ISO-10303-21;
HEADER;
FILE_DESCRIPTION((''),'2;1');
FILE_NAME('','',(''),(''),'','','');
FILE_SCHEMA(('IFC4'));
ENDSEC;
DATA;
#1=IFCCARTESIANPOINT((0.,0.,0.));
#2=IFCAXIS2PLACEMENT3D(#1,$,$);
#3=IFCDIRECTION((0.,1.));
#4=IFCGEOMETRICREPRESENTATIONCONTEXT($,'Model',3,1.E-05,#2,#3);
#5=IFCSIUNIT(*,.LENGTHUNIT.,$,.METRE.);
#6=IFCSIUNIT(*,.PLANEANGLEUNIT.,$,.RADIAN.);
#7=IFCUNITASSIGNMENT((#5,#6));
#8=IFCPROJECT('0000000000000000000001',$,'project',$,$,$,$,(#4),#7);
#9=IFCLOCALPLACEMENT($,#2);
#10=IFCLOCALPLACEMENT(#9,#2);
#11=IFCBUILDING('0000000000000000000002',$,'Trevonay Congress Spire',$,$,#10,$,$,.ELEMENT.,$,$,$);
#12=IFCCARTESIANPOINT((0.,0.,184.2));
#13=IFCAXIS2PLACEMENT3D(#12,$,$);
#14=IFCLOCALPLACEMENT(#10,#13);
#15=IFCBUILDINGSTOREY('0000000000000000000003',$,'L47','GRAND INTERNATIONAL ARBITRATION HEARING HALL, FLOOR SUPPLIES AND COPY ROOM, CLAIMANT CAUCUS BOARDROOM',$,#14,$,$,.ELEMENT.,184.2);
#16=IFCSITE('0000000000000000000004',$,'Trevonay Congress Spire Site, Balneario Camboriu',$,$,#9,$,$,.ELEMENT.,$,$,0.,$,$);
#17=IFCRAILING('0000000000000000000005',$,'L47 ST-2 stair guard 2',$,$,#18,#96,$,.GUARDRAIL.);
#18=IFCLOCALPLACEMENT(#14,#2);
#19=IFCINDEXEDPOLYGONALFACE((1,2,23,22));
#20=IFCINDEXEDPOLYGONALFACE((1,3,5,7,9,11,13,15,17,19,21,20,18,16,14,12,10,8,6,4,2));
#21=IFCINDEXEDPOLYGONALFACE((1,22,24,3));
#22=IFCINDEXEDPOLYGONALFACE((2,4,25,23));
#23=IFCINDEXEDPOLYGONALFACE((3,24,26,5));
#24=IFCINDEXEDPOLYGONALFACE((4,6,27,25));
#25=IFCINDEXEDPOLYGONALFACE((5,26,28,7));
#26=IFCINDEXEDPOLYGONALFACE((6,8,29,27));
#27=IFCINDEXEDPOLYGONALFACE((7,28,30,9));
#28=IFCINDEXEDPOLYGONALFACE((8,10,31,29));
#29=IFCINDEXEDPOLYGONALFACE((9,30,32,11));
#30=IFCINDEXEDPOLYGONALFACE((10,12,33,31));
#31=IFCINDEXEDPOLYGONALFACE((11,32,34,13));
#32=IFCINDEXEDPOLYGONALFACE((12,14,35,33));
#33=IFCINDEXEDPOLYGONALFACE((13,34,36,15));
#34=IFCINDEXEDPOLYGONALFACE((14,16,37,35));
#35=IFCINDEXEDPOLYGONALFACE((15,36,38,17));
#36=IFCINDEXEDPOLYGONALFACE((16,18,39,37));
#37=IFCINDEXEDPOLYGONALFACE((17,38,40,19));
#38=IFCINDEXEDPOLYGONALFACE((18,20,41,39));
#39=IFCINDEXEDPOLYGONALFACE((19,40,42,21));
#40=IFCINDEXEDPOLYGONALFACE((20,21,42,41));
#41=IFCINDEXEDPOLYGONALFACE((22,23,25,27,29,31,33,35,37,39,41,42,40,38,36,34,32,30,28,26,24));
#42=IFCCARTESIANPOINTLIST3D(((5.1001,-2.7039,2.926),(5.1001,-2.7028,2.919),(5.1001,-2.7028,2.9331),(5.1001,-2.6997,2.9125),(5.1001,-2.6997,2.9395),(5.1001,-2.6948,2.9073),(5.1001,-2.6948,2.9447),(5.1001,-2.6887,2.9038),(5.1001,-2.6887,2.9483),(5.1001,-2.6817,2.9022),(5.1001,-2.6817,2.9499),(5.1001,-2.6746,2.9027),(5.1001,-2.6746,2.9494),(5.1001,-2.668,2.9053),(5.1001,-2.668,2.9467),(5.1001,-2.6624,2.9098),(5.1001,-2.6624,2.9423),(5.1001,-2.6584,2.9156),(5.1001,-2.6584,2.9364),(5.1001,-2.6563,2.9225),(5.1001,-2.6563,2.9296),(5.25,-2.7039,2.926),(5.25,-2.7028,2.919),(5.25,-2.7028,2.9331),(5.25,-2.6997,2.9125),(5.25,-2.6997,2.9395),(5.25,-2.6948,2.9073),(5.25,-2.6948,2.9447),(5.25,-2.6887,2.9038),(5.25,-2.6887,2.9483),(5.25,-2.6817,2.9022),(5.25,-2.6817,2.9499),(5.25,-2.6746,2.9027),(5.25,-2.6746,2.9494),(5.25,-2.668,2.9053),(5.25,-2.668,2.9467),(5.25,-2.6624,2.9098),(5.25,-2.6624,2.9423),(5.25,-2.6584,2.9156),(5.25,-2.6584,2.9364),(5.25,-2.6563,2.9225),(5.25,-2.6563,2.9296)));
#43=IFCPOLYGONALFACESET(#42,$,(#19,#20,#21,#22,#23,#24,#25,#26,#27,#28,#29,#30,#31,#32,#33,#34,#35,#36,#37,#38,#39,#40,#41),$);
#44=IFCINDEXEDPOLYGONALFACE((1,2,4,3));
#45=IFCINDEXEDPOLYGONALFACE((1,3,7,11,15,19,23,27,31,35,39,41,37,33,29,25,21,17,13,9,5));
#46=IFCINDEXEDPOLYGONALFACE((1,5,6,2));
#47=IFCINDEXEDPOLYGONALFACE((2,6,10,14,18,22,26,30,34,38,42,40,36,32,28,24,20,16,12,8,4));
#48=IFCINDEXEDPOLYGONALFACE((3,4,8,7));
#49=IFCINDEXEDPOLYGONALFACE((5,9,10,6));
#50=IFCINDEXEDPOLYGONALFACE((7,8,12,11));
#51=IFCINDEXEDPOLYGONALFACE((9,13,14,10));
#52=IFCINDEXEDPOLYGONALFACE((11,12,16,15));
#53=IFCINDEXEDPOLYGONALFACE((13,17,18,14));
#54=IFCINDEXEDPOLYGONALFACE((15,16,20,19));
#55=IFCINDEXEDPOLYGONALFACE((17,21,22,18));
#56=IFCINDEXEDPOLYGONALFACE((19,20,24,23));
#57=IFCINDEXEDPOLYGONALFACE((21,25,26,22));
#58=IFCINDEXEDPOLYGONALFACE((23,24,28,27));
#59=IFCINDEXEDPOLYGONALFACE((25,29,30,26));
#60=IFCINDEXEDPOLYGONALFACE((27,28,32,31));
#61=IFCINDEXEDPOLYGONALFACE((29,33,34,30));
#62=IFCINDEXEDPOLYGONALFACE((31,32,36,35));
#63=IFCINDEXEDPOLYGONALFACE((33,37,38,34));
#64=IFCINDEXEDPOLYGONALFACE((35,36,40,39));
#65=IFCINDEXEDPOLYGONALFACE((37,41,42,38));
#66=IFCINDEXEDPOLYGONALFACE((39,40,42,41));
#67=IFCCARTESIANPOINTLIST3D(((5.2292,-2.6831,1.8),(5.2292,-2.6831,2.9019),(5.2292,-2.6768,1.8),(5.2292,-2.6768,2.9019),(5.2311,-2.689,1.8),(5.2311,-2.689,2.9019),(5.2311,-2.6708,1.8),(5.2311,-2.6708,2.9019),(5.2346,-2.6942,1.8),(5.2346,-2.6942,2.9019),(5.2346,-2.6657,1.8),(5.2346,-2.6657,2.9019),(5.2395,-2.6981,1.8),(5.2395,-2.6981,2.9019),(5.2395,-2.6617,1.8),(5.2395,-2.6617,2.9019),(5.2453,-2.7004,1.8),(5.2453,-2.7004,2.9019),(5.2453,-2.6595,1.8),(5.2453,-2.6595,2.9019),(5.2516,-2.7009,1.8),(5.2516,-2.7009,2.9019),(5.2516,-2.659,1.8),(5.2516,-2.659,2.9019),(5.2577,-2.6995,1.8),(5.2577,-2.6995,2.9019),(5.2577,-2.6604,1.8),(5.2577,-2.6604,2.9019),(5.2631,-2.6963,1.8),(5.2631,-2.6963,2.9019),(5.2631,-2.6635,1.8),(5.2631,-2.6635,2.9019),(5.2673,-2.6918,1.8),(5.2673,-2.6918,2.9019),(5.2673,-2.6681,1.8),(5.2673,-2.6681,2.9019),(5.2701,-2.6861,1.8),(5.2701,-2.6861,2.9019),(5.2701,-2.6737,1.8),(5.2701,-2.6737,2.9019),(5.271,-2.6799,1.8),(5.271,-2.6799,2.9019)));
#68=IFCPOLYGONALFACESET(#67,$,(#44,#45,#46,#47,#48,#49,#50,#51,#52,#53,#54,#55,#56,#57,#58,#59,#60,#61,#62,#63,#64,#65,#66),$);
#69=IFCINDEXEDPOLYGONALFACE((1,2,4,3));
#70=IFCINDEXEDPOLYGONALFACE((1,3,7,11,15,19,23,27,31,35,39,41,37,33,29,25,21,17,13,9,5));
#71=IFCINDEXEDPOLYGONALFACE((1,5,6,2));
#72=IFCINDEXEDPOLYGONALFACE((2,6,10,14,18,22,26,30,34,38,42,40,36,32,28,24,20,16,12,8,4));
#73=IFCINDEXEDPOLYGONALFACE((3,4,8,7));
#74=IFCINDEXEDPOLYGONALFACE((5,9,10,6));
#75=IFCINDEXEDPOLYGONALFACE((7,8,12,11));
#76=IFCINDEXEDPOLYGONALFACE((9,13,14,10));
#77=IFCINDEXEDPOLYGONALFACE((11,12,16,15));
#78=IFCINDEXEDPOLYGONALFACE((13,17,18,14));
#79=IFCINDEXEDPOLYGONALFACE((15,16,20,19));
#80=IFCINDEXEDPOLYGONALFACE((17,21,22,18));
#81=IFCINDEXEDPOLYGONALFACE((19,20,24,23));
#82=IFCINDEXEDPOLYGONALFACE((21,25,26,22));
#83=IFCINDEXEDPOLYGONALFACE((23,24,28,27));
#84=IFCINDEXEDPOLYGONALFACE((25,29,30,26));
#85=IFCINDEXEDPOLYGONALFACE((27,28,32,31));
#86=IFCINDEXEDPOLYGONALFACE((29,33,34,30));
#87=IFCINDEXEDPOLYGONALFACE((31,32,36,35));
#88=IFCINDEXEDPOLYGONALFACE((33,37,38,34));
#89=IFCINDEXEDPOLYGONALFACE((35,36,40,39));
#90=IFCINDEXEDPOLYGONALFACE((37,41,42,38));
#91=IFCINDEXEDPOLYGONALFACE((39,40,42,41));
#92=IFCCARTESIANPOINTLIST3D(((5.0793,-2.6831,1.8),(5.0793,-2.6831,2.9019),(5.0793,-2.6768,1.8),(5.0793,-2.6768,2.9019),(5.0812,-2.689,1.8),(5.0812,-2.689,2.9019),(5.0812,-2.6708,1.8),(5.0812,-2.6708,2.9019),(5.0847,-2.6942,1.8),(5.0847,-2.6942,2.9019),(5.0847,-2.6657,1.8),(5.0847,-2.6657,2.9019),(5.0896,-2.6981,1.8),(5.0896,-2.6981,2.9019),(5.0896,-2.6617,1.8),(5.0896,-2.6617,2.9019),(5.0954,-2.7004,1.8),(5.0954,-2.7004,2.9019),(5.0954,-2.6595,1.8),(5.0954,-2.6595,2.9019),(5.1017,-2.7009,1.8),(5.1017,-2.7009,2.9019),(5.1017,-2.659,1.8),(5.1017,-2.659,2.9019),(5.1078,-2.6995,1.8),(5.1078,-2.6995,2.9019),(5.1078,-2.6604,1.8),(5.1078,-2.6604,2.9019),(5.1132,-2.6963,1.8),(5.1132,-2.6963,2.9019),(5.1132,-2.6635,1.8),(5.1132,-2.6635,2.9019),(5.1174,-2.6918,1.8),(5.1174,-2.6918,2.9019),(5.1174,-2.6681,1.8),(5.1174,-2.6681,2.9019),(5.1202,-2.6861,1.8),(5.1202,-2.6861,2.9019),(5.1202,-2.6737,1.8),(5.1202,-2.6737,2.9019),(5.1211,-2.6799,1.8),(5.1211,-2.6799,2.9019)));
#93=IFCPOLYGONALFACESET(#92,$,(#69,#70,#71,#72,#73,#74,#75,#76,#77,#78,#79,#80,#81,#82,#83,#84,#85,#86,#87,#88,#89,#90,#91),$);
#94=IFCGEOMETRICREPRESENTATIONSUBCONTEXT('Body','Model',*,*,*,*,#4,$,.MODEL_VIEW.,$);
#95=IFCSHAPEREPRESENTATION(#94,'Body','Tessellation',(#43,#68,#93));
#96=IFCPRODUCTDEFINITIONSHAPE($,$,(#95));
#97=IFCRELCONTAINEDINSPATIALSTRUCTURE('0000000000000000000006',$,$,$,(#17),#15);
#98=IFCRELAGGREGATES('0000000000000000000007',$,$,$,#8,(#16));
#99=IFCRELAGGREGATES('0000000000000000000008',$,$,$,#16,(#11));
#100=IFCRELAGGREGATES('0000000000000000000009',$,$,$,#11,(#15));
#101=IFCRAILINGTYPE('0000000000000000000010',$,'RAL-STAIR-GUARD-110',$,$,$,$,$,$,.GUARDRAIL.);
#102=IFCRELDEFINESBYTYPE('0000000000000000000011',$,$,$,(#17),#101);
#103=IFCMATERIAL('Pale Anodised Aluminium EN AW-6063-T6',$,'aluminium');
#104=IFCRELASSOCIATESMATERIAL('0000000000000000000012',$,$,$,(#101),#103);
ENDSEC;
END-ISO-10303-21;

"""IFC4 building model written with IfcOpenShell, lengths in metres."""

from ifc_helpers import new_model, si_unit, direction, frame, origin, origin_2d, place, context, subcontext, project, spatial, circle, extrude, material, type_object, element, save


model = new_model("IFC4")

# Units and contexts
model_context = context("Model", 3, precision=1e-05, world=origin(), true_north=direction((0.0, 1.0)))
body_context = subcontext(model_context, "Body", "Model", "MODEL_VIEW")
ifc_project = project(units=[si_unit("LENGTHUNIT", "METRE"), si_unit("PLANEANGLEUNIT", "RADIAN")], contexts=[model_context])

# Site, building, storey
site_placement = place(None, origin())
site = spatial("IfcSite", under=ifc_project, at=site_placement, Name="Trevonay Congress Spire Site, Balneario Camboriu", CompositionType="ELEMENT", RefElevation=0.0)
building_placement = place(site_placement, origin())
building = spatial("IfcBuilding", under=site, at=building_placement, Name="Trevonay Congress Spire", CompositionType="ELEMENT")
storey_placement = place(building_placement, frame((0.0, 0.0, 184.2)))
storey = spatial("IfcBuildingStorey", under=building, at=storey_placement, Name="L47", Description="GRAND INTERNATIONAL ARBITRATION HEARING HALL, FLOOR SUPPLIES AND COPY ROOM, CLAIMANT CAUCUS BOARDROOM", CompositionType="ELEMENT", Elevation=184.2)

# Railing
ifc_material_1 = material(Name="Pale Anodised Aluminium EN AW-6063-T6", Category="aluminium")
railing_type_1 = type_object("IfcRailingType", Name="RAL-STAIR-GUARD-110", PredefinedType="GUARDRAIL", material=ifc_material_1)
railing_1_placement = place(storey_placement, frame((5.25, -2.6799, 1.8)))
element("IfcRailing", 1, at=railing_1_placement, inside=storey, type_object=railing_type_1, Name="L47 ST-2 stair guard 2", PredefinedType="GUARDRAIL", context=body_context, shape_type="SweptSolid", body=[
    extrude(circle(Radius=0.0239, at=origin_2d()), frame((0.0, 0.0, 1.126), z_axis=(-1.0, 0.0, 0.0), x_axis=(0.0, -1.0, 0.0)), (0.0, 0.0, 1.0), 0.1499),
    extrude(circle(Radius=0.021, at=origin_2d()), origin(), (0.0, 0.0, 1.0), 1.1018),
    extrude(circle(Radius=0.021, at=origin_2d()), frame((-0.1499, 0.0, 0.0)), (0.0, 0.0, 1.0), 1.1018),
])

save(model, "model.ifc")
